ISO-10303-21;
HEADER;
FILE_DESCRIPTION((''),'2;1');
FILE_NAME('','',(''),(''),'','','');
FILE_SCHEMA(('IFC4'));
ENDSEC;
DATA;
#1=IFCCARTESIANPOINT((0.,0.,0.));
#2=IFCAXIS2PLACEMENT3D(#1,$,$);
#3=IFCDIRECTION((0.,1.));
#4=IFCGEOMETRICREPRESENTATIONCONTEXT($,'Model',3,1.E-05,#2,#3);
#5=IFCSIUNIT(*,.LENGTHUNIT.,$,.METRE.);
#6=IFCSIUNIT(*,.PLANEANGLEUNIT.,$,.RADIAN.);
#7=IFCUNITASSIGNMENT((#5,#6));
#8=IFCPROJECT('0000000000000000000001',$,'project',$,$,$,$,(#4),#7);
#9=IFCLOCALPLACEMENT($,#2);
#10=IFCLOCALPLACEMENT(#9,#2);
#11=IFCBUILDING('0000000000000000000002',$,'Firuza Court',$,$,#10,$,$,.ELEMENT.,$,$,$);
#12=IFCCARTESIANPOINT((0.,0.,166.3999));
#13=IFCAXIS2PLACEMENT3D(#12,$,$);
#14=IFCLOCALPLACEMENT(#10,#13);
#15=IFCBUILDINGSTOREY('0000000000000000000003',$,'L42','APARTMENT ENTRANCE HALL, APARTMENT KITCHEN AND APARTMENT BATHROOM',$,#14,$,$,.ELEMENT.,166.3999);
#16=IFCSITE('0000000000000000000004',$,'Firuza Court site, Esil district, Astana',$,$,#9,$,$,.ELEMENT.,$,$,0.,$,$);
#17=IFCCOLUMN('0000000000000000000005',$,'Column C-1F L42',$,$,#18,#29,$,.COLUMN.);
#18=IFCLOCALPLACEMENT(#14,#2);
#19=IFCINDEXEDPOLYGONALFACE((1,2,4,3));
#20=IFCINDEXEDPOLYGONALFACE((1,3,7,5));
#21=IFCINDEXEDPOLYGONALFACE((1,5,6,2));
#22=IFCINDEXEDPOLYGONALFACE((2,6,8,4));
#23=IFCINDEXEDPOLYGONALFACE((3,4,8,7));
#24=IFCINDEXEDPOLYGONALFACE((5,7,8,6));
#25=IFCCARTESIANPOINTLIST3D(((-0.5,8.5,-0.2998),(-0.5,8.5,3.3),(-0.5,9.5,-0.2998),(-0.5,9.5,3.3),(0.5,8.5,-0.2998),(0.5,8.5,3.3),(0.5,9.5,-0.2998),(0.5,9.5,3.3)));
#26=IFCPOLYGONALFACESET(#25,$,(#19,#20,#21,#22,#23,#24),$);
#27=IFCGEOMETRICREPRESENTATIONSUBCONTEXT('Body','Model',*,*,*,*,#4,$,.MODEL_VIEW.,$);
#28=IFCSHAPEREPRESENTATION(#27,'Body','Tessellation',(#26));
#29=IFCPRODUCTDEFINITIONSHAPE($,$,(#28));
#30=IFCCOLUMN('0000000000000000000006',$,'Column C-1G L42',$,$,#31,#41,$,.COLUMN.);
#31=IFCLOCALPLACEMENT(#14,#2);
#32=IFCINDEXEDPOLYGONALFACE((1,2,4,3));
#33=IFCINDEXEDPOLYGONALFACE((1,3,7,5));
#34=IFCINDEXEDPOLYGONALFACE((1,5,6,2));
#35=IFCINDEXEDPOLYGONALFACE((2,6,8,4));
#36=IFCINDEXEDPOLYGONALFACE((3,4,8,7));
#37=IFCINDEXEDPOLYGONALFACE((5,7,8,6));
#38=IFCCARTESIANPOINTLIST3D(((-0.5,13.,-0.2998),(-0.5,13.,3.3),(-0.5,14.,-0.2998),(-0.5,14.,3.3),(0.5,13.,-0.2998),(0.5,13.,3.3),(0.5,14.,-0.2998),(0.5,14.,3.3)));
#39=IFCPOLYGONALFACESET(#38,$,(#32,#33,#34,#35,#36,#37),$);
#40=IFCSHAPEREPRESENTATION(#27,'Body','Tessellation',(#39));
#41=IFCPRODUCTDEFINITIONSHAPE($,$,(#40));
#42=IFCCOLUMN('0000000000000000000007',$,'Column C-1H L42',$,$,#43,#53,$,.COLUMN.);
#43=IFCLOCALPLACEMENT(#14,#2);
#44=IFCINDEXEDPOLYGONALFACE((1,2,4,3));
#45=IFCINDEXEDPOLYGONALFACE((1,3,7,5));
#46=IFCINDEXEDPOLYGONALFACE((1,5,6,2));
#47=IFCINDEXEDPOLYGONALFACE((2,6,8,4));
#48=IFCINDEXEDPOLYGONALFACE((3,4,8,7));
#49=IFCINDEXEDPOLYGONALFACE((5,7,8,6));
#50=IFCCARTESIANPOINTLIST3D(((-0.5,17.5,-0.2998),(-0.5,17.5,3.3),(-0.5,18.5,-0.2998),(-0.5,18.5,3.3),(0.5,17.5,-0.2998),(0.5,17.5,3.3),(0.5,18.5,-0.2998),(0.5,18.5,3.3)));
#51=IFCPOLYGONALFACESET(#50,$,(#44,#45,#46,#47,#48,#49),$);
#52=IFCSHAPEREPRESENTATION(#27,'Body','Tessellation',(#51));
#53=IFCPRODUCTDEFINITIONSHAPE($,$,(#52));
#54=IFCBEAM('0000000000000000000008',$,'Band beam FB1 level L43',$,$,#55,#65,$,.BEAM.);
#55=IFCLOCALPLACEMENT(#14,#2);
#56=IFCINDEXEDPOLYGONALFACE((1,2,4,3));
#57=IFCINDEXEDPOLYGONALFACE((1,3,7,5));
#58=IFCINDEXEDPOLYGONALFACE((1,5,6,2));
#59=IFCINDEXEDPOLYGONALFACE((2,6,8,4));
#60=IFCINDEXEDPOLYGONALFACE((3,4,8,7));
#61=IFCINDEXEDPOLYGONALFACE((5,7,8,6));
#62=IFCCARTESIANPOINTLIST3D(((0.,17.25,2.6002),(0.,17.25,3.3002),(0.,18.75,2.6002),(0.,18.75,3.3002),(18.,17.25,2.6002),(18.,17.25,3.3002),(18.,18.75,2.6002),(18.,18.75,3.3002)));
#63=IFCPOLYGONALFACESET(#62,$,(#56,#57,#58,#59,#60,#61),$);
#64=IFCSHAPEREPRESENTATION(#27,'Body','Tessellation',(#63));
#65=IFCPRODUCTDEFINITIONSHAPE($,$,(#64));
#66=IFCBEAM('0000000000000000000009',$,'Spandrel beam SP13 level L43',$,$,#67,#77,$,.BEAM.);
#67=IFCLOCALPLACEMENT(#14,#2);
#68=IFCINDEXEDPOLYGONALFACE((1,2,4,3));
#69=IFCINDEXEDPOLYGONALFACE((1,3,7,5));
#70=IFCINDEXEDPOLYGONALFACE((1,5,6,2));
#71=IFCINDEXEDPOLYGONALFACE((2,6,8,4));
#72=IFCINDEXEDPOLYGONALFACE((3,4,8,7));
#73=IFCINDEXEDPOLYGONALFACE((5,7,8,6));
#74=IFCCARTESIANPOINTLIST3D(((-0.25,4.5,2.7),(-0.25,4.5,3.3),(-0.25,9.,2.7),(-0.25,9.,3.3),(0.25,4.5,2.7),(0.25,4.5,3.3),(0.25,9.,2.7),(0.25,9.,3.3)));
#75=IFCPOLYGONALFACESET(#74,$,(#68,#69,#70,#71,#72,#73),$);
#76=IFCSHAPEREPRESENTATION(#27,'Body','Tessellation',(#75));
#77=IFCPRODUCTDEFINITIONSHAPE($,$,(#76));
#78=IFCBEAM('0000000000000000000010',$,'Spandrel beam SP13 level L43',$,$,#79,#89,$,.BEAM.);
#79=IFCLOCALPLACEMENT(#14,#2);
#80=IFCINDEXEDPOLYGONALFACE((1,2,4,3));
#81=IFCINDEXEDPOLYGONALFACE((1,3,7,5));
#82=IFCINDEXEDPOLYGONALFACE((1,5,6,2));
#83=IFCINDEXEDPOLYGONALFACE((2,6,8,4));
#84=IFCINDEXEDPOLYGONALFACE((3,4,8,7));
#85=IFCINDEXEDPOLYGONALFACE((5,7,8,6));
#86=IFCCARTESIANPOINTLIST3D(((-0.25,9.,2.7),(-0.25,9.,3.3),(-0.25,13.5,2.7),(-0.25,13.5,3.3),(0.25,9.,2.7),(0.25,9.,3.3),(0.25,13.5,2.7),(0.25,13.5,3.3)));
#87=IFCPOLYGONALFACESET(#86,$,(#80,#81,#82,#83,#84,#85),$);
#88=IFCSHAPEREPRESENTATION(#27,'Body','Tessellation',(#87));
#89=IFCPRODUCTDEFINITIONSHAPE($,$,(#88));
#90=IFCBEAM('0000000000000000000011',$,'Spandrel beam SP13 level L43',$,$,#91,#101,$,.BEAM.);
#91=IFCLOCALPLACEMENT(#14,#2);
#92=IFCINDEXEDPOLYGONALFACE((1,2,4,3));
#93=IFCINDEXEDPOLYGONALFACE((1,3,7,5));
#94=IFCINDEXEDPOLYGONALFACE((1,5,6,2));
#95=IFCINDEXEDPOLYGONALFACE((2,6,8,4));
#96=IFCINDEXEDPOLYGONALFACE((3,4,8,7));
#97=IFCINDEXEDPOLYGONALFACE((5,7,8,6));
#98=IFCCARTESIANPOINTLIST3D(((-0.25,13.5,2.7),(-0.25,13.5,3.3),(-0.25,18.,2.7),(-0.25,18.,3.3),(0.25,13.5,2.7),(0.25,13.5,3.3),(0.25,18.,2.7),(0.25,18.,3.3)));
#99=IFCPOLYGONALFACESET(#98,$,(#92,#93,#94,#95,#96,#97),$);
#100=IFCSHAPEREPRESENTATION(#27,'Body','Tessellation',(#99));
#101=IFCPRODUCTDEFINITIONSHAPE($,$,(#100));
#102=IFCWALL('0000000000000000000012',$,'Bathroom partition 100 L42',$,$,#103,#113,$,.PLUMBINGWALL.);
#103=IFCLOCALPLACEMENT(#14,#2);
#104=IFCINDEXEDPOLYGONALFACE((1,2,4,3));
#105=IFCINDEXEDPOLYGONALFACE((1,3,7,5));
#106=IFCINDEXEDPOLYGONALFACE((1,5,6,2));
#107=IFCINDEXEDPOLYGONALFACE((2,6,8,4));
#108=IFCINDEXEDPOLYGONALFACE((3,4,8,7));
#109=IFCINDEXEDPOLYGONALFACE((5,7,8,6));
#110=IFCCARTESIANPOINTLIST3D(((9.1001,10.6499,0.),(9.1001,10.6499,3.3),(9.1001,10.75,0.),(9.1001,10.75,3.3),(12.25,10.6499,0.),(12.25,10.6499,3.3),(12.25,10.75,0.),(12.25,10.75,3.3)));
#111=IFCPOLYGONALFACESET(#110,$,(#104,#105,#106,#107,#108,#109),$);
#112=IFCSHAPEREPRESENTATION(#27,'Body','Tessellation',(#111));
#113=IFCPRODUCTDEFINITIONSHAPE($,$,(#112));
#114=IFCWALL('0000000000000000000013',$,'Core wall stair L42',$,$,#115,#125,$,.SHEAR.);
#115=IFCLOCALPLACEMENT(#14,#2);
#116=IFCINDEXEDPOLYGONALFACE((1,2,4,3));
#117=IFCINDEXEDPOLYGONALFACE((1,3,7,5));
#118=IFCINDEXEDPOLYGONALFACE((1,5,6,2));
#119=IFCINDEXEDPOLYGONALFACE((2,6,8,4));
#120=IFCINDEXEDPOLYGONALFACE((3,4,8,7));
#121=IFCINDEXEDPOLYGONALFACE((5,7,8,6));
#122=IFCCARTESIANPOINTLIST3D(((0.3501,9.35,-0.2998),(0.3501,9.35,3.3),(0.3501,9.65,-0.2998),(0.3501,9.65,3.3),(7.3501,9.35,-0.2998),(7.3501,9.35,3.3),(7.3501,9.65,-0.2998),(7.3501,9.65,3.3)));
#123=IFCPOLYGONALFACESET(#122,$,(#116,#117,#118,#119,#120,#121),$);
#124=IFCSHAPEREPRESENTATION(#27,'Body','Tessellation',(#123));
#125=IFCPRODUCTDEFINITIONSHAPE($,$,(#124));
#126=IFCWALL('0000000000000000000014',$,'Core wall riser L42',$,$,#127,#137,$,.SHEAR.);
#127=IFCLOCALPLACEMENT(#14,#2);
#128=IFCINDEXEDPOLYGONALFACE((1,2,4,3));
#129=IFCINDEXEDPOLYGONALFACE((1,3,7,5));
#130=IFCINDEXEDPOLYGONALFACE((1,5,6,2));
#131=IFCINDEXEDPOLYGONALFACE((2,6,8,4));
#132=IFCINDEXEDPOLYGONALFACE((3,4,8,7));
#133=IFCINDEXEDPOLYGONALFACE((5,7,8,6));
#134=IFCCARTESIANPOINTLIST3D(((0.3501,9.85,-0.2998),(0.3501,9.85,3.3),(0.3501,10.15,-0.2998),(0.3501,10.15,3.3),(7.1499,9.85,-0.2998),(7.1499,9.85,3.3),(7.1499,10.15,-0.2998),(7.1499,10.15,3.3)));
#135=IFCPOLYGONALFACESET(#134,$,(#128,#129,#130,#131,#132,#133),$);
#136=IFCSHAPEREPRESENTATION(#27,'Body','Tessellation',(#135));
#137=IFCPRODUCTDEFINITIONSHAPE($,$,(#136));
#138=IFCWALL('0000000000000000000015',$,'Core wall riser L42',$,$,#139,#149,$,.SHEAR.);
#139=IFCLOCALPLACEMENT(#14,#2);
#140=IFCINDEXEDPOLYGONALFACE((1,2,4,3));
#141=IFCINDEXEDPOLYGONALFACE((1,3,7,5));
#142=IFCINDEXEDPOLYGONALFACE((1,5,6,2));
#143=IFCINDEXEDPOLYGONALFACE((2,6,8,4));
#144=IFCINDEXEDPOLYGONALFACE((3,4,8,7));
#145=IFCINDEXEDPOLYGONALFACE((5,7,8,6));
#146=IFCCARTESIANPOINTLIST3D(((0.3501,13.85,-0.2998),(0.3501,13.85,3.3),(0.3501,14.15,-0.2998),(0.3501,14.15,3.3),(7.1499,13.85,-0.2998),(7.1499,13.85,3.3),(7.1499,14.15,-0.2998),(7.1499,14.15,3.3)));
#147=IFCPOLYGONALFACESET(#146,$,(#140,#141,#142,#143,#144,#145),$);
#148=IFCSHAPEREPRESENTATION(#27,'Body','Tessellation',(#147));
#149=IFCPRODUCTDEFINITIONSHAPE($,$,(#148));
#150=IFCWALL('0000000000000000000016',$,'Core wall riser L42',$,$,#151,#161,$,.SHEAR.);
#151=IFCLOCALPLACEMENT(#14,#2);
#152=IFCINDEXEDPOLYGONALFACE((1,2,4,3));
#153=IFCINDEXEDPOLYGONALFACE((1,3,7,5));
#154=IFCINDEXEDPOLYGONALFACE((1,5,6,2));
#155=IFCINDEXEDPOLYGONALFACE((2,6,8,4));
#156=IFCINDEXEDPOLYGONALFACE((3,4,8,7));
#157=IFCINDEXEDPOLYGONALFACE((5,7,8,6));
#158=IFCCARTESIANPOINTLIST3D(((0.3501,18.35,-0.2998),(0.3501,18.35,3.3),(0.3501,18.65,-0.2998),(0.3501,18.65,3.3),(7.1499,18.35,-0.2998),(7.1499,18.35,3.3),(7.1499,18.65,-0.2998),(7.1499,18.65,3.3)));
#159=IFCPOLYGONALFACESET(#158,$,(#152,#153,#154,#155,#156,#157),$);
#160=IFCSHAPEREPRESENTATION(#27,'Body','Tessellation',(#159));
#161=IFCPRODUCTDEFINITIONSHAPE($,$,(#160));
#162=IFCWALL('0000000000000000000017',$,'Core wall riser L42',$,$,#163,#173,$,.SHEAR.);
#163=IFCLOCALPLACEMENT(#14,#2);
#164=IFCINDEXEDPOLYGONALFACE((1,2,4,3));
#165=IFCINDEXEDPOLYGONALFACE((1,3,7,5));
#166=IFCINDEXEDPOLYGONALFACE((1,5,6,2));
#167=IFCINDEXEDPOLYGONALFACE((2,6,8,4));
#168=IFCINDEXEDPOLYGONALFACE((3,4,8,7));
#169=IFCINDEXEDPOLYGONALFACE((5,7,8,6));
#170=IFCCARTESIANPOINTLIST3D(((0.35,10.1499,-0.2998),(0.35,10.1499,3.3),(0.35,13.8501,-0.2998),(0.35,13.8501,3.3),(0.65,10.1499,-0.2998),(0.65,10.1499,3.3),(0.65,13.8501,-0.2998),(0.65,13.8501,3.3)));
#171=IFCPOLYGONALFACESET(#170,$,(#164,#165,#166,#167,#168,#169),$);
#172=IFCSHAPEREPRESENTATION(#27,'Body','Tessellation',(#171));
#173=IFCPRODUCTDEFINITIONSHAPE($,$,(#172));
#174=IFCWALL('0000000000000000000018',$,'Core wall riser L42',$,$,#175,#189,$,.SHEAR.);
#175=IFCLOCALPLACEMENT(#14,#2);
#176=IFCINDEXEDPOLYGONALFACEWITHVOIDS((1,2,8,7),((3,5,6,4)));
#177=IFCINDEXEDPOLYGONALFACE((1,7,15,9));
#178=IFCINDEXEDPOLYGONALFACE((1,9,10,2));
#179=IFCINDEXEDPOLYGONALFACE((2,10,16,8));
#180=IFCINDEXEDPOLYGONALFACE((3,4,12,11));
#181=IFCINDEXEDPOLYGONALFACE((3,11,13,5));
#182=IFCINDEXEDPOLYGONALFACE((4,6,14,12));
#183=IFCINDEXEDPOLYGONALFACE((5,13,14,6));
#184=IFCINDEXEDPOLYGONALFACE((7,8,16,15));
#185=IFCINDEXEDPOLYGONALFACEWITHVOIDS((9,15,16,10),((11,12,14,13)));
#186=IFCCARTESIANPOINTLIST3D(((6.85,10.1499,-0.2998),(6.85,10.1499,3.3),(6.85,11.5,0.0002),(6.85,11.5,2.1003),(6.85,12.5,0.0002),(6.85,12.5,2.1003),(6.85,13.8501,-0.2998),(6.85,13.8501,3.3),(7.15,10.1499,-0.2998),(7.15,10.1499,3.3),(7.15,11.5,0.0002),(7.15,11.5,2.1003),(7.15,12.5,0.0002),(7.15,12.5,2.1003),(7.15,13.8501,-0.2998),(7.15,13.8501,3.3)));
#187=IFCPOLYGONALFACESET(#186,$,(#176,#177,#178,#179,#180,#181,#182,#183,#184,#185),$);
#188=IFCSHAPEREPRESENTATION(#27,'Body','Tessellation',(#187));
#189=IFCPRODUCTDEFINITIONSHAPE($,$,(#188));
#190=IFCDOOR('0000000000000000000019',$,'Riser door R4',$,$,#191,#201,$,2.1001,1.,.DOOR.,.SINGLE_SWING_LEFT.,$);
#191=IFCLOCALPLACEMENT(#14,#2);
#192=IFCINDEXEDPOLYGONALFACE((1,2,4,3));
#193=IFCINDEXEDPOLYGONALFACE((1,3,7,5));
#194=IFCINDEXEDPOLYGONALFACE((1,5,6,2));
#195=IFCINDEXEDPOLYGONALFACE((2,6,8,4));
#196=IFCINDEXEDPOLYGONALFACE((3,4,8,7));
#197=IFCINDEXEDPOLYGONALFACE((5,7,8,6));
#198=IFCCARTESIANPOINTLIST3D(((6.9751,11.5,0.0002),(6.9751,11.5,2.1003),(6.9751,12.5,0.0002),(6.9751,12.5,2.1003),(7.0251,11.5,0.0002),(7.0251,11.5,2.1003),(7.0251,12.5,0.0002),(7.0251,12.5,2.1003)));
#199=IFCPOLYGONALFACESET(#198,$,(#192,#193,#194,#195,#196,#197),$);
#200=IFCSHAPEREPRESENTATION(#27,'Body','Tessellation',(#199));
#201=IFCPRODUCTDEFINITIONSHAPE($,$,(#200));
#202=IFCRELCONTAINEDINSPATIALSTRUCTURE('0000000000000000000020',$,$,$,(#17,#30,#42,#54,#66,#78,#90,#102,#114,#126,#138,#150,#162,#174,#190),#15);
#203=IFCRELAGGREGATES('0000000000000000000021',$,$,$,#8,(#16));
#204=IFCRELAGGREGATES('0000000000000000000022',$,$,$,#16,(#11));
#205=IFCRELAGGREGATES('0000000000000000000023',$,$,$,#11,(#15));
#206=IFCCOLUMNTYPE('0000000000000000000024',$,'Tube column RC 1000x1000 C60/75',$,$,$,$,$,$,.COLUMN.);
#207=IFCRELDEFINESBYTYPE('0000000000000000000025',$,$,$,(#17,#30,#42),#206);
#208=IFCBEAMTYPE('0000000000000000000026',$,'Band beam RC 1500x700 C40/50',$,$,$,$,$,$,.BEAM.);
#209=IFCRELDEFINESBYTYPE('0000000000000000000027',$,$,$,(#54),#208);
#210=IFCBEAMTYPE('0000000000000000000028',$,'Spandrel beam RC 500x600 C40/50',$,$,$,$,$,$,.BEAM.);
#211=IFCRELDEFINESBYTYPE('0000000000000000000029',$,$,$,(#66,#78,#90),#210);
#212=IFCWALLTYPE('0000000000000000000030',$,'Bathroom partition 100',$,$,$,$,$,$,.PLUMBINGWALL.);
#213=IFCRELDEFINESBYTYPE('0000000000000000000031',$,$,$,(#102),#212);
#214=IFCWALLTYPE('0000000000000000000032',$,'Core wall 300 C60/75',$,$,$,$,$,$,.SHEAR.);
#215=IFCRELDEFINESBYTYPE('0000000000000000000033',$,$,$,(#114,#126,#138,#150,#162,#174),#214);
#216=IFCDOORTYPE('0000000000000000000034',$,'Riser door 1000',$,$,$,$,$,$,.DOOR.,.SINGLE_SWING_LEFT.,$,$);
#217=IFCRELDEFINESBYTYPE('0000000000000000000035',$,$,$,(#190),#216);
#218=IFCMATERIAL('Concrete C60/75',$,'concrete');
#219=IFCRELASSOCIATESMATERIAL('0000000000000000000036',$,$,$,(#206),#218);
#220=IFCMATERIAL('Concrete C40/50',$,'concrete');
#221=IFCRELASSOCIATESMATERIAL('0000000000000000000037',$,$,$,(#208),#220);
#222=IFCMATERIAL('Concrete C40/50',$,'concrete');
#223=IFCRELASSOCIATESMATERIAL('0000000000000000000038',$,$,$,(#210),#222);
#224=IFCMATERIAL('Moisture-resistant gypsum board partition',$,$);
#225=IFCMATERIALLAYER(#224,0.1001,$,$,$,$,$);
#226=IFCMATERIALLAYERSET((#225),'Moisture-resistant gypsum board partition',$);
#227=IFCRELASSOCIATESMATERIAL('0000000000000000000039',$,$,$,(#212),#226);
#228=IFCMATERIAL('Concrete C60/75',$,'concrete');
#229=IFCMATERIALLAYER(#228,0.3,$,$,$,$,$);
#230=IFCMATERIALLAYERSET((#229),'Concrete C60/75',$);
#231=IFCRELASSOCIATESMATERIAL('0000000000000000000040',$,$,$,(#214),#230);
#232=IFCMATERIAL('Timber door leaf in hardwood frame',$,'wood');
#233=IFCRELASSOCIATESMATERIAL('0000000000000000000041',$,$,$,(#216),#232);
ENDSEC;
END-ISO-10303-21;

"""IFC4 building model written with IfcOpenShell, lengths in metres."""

from ifc_helpers import new_model, si_unit, direction, frame, frame_2d, origin, origin_2d, place, context, subcontext, project, spatial, rectangle, extrude, material, layer, layer_set, material_profile, profile_set, type_object, element, fill, save


model = new_model("IFC4")

# Units and contexts
model_context = context("Model", 3, precision=1e-05, world=origin(), true_north=direction((0.0, 1.0)))
body_context = subcontext(model_context, "Body", "Model", "MODEL_VIEW")
ifc_project = project(units=[si_unit("LENGTHUNIT", "METRE"), si_unit("PLANEANGLEUNIT", "RADIAN")], contexts=[model_context])

# Site, building, storey
site_placement = place(None, origin())
site = spatial("IfcSite", under=ifc_project, at=site_placement, Name="Firuza Court site, Esil district, Astana", CompositionType="ELEMENT", RefElevation=0.0)
building_placement = place(site_placement, origin())
building = spatial("IfcBuilding", under=site, at=building_placement, Name="Firuza Court", CompositionType="ELEMENT")
storey_placement = place(building_placement, frame((0.0, 0.0, 166.3999)))
storey = spatial("IfcBuildingStorey", under=building, at=storey_placement, Name="L42", Description="APARTMENT ENTRANCE HALL, APARTMENT KITCHEN AND APARTMENT BATHROOM", CompositionType="ELEMENT", Elevation=166.3999)

# Columns
ifc_material_1 = material(Name="Concrete C60/75", Category="concrete")
ifc_material_profile_1 = material_profile(ifc_material_1, rectangle(XDim=1.0, YDim=1.0, at=origin_2d()), Name="RC 1000x1000")
ifc_profile_set_1 = profile_set([ifc_material_profile_1], Name="Concrete C60/75")
column_type = type_object("IfcColumnType", Name="Tube column RC 1000x1000 C60/75", PredefinedType="COLUMN", material=ifc_profile_set_1)
for number, where, z_axis, x_axis, name in (
    (1, (0.0, 9.0, -0.2998), (0.0, 0.0, 1.0), (1.0, 0.0, 0.0), "Column C-1F L42"),
    (2, (0.0, 13.5, -0.2998), (0.0, 0.0, 1.0), (1.0, 0.0, 0.0), "Column C-1G L42"),
    (3, (0.0, 18.0, -0.2998), (0.0, 0.0, 1.0), (1.0, 0.0, 0.0), "Column C-1H L42"),
):
    element("IfcColumn", number, at=place(storey_placement, frame(where, z_axis=z_axis, x_axis=x_axis)), inside=storey, type_object=column_type, Name=name, PredefinedType="COLUMN", context=body_context, shape_type="SweptSolid", body=[
        extrude(rectangle(XDim=1.0, YDim=1.0, at=origin_2d()), origin(), (0.0, 0.0, 1.0), 3.5999),
    ])

# Beams
ifc_material_2 = material(Name="Concrete C40/50", Category="concrete")
ifc_material_profile_2 = material_profile(ifc_material_2, rectangle(XDim=1.5, YDim=0.7, at=origin_2d()), Name="RC 1500x700")
ifc_profile_set_2 = profile_set([ifc_material_profile_2], Name="Concrete C40/50")
beam_type_1 = type_object("IfcBeamType", Name="Band beam RC 1500x700 C40/50", PredefinedType="BEAM", material=ifc_profile_set_2)
beam_placement = place(storey_placement, frame((0.0, 18.0, 2.9502), z_axis=(1.0, 0.0, 0.0), x_axis=(0.0, 1.0, 0.0)))
element("IfcBeam", 4, at=beam_placement, inside=storey, type_object=beam_type_1, Name="Band beam FB1 level L43", PredefinedType="BEAM", context=body_context, shape_type="SweptSolid", body=[
    extrude(rectangle(XDim=1.5, YDim=0.7, at=origin_2d()), origin(), (0.0, 0.0, 1.0), 18.0),
])
ifc_material_3 = material(Name="Concrete C40/50", Category="concrete")
ifc_material_profile_3 = material_profile(ifc_material_3, rectangle(XDim=0.5, YDim=0.6001, at=origin_2d()), Name="RC 500x600")
ifc_profile_set_3 = profile_set([ifc_material_profile_3], Name="Concrete C40/50")
beam_type_2 = type_object("IfcBeamType", Name="Spandrel beam RC 500x600 C40/50", PredefinedType="BEAM", material=ifc_profile_set_3)
for number, where, z_axis, x_axis, name in (
    (5, (0.0, 9.0, 3.0), (0.0, -1.0, 0.0), (1.0, 0.0, 0.0), "Spandrel beam SP13 level L43"),
    (6, (0.0, 13.5, 3.0), (0.0, -1.0, 0.0), (1.0, 0.0, 0.0), "Spandrel beam SP13 level L43"),
    (7, (0.0, 18.0, 3.0), (0.0, -1.0, 0.0), (1.0, 0.0, 0.0), "Spandrel beam SP13 level L43"),
):
    element("IfcBeam", number, at=place(storey_placement, frame(where, z_axis=z_axis, x_axis=x_axis)), inside=storey, type_object=beam_type_2, Name=name, PredefinedType="BEAM", context=body_context, shape_type="SweptSolid", body=[
        extrude(rectangle(XDim=0.5, YDim=0.6001, at=origin_2d()), origin(), (0.0, 0.0, 1.0), 4.5),
    ])

# Walls
ifc_material_4 = material(Name="Moisture-resistant gypsum board partition")
ifc_layer_1 = layer(ifc_material_4, 0.1001)
ifc_layer_set_1 = layer_set([ifc_layer_1], Name="Moisture-resistant gypsum board partition")
wall_type_1 = type_object("IfcWallType", Name="Bathroom partition 100", PredefinedType="PLUMBINGWALL", material=ifc_layer_set_1)
wall_1_placement = place(storey_placement, frame((9.1001, 10.7, 0.0), z_axis=(0.0, 0.0, 1.0), x_axis=(1.0, 0.0, 0.0)))
element("IfcWall", 8, at=wall_1_placement, inside=storey, type_object=wall_type_1, Name="Bathroom partition 100 L42", PredefinedType="PLUMBINGWALL", context=body_context, shape_type="SweptSolid", body=[
    extrude(rectangle(XDim=3.1499, YDim=0.1001, at=frame_2d((1.575, 0.0))), origin(), (0.0, 0.0, 1.0), 3.3),
])
ifc_material_5 = material(Name="Concrete C60/75", Category="concrete")
ifc_layer_2 = layer(ifc_material_5, 0.3)
ifc_layer_set_2 = layer_set([ifc_layer_2], Name="Concrete C60/75")
wall_type_2 = type_object("IfcWallType", Name="Core wall 300 C60/75", PredefinedType="SHEAR", material=ifc_layer_set_2)
wall_2_placement = place(storey_placement, frame((0.3501, 9.5, -0.2998), z_axis=(0.0, 0.0, 1.0), x_axis=(1.0, 0.0, 0.0)))
element("IfcWall", 9, at=wall_2_placement, inside=storey, type_object=wall_type_2, Name="Core wall stair L42", PredefinedType="SHEAR", context=body_context, shape_type="SweptSolid", body=[
    extrude(rectangle(XDim=7.0, YDim=0.3, at=frame_2d((3.5, 0.0))), origin(), (0.0, 0.0, 1.0), 3.5999),
])
for number, where, z_axis, x_axis, name in (
    (10, (0.3501, 10.0, -0.2998), (0.0, 0.0, 1.0), (1.0, 0.0, 0.0), "Core wall riser L42"),
    (11, (0.3501, 14.0, -0.2998), (0.0, 0.0, 1.0), (1.0, 0.0, 0.0), "Core wall riser L42"),
    (12, (0.3501, 18.5, -0.2998), (0.0, 0.0, 1.0), (1.0, 0.0, 0.0), "Core wall riser L42"),
):
    element("IfcWall", number, at=place(storey_placement, frame(where, z_axis=z_axis, x_axis=x_axis)), inside=storey, type_object=wall_type_2, Name=name, PredefinedType="SHEAR", context=body_context, shape_type="SweptSolid", body=[
        extrude(rectangle(XDim=6.7998, YDim=0.3, at=frame_2d((3.3999, 0.0))), origin(), (0.0, 0.0, 1.0), 3.5999),
    ])
wall_3_placement = place(storey_placement, frame((0.5, 10.1499, -0.2998), z_axis=(0.0, 0.0, 1.0), x_axis=(0.0, 1.0, 0.0)))
element("IfcWall", 13, at=wall_3_placement, inside=storey, type_object=wall_type_2, Name="Core wall riser L42", PredefinedType="SHEAR", context=body_context, shape_type="SweptSolid", body=[
    extrude(rectangle(XDim=3.7002, YDim=0.3, at=frame_2d((1.8501, 0.0))), origin(), (0.0, 0.0, 1.0), 3.5999),
])

# Wall, opening, door
wall_4_placement = place(storey_placement, frame((7.0, 10.1499, -0.2998), z_axis=(0.0, 0.0, 1.0), x_axis=(0.0, 1.0, 0.0)))
wall_4 = element("IfcWall", 14, at=wall_4_placement, inside=storey, type_object=wall_type_2, Name="Core wall riser L42", PredefinedType="SHEAR", context=body_context, shape_type="SweptSolid", body=[
    extrude(rectangle(XDim=3.7002, YDim=0.3, at=frame_2d((1.8501, 0.0))), origin(), (0.0, 0.0, 1.0), 3.5999),
])
opening_1_placement = place(wall_4_placement, frame((1.3501, 0.0, 0.3)))
opening_1 = element("IfcOpeningElement", 15, at=opening_1_placement, cuts=wall_4, PredefinedType="OPENING", context=body_context, shape_type="SweptSolid", body=[
    extrude(rectangle(XDim=1.0, YDim=2.1001, at=frame_2d((0.5, 1.05))), frame((0.0, 0.1621, 0.0), z_axis=(0.0, -1.0, 0.0), x_axis=(1.0, 0.0, 0.0)), (0.0, 0.0, 1.0), 0.324),
])
ifc_material_6 = material(Name="Timber door leaf in hardwood frame", Category="wood")
door_type_1 = type_object("IfcDoorType", Name="Riser door 1000", OperationType="SINGLE_SWING_LEFT", PredefinedType="DOOR", material=ifc_material_6)
door_1_placement = place(opening_1_placement, origin())
door_1 = element("IfcDoor", 16, at=door_1_placement, inside=storey, type_object=door_type_1, Name="Riser door R4", OperationType="SINGLE_SWING_LEFT", OverallHeight=2.1001, OverallWidth=1.0, PredefinedType="DOOR", context=body_context, shape_type="SweptSolid", body=[
    extrude(rectangle(XDim=1.0, YDim=2.1001, at=frame_2d((0.5, 1.05))), frame((0.0, 0.0249, 0.0), z_axis=(0.0, -1.0, 0.0), x_axis=(1.0, 0.0, 0.0)), (0.0, 0.0, 1.0), 0.05),
])
fill(opening_1, door_1)

save(model, "model.ifc")
